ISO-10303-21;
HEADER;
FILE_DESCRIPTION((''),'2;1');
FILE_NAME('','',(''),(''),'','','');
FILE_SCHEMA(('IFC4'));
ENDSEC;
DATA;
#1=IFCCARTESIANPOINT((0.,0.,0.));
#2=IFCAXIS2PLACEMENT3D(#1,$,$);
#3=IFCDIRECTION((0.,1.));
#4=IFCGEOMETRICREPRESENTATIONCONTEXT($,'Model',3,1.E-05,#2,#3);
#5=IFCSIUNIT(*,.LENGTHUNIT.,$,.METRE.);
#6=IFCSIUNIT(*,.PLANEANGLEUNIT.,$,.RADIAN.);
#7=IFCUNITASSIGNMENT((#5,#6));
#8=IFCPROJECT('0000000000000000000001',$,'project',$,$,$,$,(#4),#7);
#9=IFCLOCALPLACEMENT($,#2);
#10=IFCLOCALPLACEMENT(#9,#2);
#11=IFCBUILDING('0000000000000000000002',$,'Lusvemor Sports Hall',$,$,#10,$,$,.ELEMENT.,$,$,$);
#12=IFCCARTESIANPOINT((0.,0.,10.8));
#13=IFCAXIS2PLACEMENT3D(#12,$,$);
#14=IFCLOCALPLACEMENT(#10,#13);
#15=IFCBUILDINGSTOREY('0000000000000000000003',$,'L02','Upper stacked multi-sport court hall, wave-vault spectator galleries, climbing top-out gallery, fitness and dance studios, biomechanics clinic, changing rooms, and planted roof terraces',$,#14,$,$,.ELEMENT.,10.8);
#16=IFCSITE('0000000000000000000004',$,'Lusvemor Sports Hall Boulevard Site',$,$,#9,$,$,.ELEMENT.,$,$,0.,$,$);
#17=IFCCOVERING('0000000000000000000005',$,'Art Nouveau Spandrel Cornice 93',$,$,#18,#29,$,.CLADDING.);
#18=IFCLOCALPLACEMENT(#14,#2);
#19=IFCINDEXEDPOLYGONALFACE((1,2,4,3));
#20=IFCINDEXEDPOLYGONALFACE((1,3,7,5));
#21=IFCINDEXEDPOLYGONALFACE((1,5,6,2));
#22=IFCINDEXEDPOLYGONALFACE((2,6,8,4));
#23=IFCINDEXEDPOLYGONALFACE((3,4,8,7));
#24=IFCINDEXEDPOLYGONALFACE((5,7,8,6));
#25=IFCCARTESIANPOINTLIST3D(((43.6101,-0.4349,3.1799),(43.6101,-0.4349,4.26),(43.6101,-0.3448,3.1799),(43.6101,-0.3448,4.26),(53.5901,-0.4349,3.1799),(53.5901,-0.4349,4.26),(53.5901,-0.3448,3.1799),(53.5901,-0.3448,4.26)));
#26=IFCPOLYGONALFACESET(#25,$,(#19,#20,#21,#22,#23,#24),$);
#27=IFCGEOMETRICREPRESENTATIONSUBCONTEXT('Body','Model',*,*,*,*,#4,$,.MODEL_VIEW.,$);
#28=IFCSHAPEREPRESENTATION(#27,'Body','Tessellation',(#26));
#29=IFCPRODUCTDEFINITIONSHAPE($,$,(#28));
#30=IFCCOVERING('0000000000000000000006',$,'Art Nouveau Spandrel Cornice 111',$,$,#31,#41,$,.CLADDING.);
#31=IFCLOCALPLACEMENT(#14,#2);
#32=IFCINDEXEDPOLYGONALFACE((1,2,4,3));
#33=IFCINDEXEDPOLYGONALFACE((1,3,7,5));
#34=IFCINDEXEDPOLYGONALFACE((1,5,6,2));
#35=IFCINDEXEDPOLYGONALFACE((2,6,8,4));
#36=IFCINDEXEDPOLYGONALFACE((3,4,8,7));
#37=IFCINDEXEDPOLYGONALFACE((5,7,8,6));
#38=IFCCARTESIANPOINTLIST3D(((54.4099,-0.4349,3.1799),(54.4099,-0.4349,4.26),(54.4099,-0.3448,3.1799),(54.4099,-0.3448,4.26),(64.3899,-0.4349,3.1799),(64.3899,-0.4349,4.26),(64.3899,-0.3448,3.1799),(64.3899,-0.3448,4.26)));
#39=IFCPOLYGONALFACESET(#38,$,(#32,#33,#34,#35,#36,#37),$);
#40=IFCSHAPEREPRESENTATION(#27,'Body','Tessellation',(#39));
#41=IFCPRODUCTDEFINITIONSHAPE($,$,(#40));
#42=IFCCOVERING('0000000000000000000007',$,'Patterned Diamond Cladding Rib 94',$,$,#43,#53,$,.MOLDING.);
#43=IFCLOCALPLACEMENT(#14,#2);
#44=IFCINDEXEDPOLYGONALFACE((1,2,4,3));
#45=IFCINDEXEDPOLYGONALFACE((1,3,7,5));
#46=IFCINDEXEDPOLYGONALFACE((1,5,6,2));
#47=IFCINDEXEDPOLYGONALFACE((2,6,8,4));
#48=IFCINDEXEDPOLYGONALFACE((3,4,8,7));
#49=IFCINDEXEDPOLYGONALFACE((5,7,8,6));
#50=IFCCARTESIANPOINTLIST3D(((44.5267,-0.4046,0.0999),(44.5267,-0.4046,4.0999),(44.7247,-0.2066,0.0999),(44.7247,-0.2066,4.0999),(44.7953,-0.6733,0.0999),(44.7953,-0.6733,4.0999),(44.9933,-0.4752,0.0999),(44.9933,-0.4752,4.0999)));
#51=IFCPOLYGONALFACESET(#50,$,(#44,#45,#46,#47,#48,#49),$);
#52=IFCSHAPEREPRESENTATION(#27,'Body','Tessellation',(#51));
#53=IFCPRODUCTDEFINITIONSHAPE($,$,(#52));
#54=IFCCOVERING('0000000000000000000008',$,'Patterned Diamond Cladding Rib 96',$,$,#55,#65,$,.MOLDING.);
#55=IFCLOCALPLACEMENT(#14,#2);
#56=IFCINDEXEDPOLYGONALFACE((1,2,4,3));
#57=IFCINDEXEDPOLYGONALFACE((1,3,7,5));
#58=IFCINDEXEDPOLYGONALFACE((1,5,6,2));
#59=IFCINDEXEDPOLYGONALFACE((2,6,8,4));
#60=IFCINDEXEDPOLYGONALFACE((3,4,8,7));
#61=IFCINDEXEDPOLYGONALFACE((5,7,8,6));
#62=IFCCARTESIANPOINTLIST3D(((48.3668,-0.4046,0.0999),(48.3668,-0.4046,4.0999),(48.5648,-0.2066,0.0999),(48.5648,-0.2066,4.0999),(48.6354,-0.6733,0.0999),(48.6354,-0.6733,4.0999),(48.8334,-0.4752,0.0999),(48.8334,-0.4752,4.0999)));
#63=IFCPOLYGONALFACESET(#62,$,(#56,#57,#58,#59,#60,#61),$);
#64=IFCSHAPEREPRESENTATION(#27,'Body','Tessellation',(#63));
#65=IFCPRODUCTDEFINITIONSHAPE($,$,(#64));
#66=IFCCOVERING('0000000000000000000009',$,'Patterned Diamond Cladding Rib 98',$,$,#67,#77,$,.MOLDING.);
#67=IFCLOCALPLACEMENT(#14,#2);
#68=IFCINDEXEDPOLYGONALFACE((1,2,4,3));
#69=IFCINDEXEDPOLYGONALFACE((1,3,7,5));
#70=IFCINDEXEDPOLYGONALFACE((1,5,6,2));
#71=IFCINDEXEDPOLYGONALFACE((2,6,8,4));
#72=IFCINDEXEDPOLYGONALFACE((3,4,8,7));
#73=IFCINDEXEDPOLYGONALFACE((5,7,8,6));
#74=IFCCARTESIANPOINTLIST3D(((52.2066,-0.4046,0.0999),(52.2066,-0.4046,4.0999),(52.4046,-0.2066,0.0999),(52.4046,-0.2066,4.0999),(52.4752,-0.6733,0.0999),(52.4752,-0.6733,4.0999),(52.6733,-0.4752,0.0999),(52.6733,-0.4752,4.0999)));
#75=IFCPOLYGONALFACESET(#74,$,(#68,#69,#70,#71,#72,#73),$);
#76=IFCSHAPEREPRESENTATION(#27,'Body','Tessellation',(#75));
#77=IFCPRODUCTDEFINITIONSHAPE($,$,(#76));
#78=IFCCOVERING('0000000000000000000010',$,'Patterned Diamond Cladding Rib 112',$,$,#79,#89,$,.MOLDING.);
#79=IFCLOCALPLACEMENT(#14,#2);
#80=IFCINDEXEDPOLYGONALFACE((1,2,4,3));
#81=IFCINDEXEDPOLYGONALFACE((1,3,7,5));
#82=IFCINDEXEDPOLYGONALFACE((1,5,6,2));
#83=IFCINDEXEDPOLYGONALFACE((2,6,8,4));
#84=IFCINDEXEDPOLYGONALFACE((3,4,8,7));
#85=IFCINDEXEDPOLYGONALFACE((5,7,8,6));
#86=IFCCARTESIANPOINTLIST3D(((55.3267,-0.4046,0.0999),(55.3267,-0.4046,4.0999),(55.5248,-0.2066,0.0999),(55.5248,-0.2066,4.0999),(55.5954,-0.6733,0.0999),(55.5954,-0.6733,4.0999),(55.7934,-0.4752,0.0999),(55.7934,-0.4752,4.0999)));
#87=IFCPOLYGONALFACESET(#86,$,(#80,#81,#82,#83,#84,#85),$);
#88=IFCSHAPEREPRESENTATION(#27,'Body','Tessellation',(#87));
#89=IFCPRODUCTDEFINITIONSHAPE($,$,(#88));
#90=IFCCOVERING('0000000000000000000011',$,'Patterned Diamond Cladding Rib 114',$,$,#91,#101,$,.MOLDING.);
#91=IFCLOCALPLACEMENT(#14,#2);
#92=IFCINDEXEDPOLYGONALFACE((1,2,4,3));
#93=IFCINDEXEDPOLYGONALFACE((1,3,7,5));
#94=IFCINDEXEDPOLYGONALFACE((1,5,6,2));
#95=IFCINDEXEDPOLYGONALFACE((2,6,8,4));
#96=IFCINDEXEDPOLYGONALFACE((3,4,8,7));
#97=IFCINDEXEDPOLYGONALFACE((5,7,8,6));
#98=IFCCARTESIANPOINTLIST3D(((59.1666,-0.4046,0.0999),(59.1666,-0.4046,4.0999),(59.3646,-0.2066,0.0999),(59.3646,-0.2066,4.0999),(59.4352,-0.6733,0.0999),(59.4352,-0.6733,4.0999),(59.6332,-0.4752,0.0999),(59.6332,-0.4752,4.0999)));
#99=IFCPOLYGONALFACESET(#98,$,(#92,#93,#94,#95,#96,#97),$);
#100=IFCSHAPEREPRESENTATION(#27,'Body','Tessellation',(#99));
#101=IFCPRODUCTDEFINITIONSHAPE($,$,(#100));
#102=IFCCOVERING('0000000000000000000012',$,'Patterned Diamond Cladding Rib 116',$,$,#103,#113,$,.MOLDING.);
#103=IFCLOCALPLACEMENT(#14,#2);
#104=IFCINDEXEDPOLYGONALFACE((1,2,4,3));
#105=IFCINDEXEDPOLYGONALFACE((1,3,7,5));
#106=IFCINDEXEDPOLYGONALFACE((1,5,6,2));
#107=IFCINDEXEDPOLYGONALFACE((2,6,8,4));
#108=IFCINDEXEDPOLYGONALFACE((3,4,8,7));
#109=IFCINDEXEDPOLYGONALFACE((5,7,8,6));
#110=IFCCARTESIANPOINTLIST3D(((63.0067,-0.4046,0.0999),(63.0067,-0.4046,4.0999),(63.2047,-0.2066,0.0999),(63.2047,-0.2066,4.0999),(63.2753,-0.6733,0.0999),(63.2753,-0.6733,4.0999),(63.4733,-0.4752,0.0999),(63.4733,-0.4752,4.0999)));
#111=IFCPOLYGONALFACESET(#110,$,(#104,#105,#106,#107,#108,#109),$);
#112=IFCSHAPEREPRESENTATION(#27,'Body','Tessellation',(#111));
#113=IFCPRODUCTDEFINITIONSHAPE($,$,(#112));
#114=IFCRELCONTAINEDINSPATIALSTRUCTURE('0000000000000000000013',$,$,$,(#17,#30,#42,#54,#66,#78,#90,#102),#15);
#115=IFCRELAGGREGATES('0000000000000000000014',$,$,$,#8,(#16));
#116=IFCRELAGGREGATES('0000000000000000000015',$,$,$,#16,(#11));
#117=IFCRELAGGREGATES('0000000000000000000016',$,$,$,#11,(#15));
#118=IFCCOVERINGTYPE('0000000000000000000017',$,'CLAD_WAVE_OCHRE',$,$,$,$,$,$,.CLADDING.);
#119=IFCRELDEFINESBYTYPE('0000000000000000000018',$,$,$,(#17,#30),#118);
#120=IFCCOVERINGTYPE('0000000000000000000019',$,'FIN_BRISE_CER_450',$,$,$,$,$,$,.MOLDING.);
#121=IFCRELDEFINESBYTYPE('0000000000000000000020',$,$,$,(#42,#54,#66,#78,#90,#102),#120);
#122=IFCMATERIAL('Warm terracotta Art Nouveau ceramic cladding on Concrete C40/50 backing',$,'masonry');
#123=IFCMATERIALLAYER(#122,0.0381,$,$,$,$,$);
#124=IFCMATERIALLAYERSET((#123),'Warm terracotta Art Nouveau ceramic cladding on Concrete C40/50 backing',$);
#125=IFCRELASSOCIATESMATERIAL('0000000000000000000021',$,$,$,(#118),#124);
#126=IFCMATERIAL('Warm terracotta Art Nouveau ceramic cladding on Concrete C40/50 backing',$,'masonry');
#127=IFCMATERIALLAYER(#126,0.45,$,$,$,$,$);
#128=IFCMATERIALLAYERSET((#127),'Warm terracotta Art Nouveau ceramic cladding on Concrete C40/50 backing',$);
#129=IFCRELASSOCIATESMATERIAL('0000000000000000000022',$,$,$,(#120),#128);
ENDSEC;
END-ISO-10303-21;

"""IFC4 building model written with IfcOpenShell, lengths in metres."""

from ifc_helpers import new_model, si_unit, direction, frame, origin, origin_2d, place, context, subcontext, project, spatial, rectangle, extrude, material, layer, layer_set, type_object, element, save


model = new_model("IFC4")

# Units and contexts
model_context = context("Model", 3, precision=1e-05, world=origin(), true_north=direction((0.0, 1.0)))
body_context = subcontext(model_context, "Body", "Model", "MODEL_VIEW")
ifc_project = project(units=[si_unit("LENGTHUNIT", "METRE"), si_unit("PLANEANGLEUNIT", "RADIAN")], contexts=[model_context])

# Site, building, storey
site_placement = place(None, origin())
site = spatial("IfcSite", under=ifc_project, at=site_placement, Name="Lusvemor Sports Hall Boulevard Site", CompositionType="ELEMENT", RefElevation=0.0)
building_placement = place(site_placement, origin())
building = spatial("IfcBuilding", under=site, at=building_placement, Name="Lusvemor Sports Hall", CompositionType="ELEMENT")
storey_placement = place(building_placement, frame((0.0, 0.0, 10.8)))
storey = spatial("IfcBuildingStorey", under=building, at=storey_placement, Name="L02", Description="Upper stacked multi-sport court hall, wave-vault spectator galleries, climbing top-out gallery, fitness and dance studios, biomechanics clinic, changing rooms, and planted roof terraces", CompositionType="ELEMENT", Elevation=10.8)

# Coverings
ifc_material_1 = material(Name="Warm terracotta Art Nouveau ceramic cladding on Concrete C40/50 backing", Category="masonry")
ifc_layer_1 = layer(ifc_material_1, 0.0381)
ifc_layer_set_1 = layer_set([ifc_layer_1], Name="Warm terracotta Art Nouveau ceramic cladding on Concrete C40/50 backing")
covering_type_1 = type_object("IfcCoveringType", Name="CLAD_WAVE_OCHRE", PredefinedType="CLADDING", material=ifc_layer_set_1)
for number, where, z_axis, x_axis, name in (
    (1, (48.6001, -0.3899, 3.1799), (0.0, 0.0, 1.0), (1.0, 0.0, 0.0), "Art Nouveau Spandrel Cornice 93"),
    (2, (59.3999, -0.3899, 3.1799), (0.0, 0.0, 1.0), (1.0, 0.0, 0.0), "Art Nouveau Spandrel Cornice 111"),
):
    element("IfcCovering", number, at=place(storey_placement, frame(where, z_axis=z_axis, x_axis=x_axis)), inside=storey, type_object=covering_type_1, Name=name, PredefinedType="CLADDING", context=body_context, shape_type="SweptSolid", body=[
        extrude(rectangle(XDim=9.98, YDim=0.0901, at=origin_2d()), origin(), (0.0, 0.0, 1.0), 1.0801),
    ])
ifc_material_2 = material(Name="Warm terracotta Art Nouveau ceramic cladding on Concrete C40/50 backing", Category="masonry")
ifc_layer_2 = layer(ifc_material_2, 0.45)
ifc_layer_set_2 = layer_set([ifc_layer_2], Name="Warm terracotta Art Nouveau ceramic cladding on Concrete C40/50 backing")
covering_type_2 = type_object("IfcCoveringType", Name="FIN_BRISE_CER_450", PredefinedType="MOLDING", material=ifc_layer_set_2)
for number, where, z_axis, x_axis, name in (
    (3, (44.76, -0.4399, 0.0999), (0.0, 0.0, 1.0), (0.707107, 0.707107, 0.0), "Patterned Diamond Cladding Rib 94"),
    (4, (48.6001, -0.4399, 0.0999), (0.0, 0.0, 1.0), (0.707107, 0.707107, 0.0), "Patterned Diamond Cladding Rib 96"),
    (5, (52.4399, -0.4399, 0.0999), (0.0, 0.0, 1.0), (0.707107, 0.707107, 0.0), "Patterned Diamond Cladding Rib 98"),
    (6, (55.5601, -0.4399, 0.0999), (0.0, 0.0, 1.0), (0.707107, 0.707107, 0.0), "Patterned Diamond Cladding Rib 112"),
    (7, (59.3999, -0.4399, 0.0999), (0.0, 0.0, 1.0), (0.707107, 0.707107, 0.0), "Patterned Diamond Cladding Rib 114"),
    (8, (63.24, -0.4399, 0.0999), (0.0, 0.0, 1.0), (0.707107, 0.707107, 0.0), "Patterned Diamond Cladding Rib 116"),
):
    element("IfcCovering", number, at=place(storey_placement, frame(where, z_axis=z_axis, x_axis=x_axis)), inside=storey, type_object=covering_type_2, Name=name, PredefinedType="MOLDING", context=body_context, shape_type="SweptSolid", body=[
        extrude(rectangle(XDim=0.28, YDim=0.3799, at=origin_2d()), origin(), (0.0, 0.0, 1.0), 4.0),
    ])

save(model, "model.ifc")
